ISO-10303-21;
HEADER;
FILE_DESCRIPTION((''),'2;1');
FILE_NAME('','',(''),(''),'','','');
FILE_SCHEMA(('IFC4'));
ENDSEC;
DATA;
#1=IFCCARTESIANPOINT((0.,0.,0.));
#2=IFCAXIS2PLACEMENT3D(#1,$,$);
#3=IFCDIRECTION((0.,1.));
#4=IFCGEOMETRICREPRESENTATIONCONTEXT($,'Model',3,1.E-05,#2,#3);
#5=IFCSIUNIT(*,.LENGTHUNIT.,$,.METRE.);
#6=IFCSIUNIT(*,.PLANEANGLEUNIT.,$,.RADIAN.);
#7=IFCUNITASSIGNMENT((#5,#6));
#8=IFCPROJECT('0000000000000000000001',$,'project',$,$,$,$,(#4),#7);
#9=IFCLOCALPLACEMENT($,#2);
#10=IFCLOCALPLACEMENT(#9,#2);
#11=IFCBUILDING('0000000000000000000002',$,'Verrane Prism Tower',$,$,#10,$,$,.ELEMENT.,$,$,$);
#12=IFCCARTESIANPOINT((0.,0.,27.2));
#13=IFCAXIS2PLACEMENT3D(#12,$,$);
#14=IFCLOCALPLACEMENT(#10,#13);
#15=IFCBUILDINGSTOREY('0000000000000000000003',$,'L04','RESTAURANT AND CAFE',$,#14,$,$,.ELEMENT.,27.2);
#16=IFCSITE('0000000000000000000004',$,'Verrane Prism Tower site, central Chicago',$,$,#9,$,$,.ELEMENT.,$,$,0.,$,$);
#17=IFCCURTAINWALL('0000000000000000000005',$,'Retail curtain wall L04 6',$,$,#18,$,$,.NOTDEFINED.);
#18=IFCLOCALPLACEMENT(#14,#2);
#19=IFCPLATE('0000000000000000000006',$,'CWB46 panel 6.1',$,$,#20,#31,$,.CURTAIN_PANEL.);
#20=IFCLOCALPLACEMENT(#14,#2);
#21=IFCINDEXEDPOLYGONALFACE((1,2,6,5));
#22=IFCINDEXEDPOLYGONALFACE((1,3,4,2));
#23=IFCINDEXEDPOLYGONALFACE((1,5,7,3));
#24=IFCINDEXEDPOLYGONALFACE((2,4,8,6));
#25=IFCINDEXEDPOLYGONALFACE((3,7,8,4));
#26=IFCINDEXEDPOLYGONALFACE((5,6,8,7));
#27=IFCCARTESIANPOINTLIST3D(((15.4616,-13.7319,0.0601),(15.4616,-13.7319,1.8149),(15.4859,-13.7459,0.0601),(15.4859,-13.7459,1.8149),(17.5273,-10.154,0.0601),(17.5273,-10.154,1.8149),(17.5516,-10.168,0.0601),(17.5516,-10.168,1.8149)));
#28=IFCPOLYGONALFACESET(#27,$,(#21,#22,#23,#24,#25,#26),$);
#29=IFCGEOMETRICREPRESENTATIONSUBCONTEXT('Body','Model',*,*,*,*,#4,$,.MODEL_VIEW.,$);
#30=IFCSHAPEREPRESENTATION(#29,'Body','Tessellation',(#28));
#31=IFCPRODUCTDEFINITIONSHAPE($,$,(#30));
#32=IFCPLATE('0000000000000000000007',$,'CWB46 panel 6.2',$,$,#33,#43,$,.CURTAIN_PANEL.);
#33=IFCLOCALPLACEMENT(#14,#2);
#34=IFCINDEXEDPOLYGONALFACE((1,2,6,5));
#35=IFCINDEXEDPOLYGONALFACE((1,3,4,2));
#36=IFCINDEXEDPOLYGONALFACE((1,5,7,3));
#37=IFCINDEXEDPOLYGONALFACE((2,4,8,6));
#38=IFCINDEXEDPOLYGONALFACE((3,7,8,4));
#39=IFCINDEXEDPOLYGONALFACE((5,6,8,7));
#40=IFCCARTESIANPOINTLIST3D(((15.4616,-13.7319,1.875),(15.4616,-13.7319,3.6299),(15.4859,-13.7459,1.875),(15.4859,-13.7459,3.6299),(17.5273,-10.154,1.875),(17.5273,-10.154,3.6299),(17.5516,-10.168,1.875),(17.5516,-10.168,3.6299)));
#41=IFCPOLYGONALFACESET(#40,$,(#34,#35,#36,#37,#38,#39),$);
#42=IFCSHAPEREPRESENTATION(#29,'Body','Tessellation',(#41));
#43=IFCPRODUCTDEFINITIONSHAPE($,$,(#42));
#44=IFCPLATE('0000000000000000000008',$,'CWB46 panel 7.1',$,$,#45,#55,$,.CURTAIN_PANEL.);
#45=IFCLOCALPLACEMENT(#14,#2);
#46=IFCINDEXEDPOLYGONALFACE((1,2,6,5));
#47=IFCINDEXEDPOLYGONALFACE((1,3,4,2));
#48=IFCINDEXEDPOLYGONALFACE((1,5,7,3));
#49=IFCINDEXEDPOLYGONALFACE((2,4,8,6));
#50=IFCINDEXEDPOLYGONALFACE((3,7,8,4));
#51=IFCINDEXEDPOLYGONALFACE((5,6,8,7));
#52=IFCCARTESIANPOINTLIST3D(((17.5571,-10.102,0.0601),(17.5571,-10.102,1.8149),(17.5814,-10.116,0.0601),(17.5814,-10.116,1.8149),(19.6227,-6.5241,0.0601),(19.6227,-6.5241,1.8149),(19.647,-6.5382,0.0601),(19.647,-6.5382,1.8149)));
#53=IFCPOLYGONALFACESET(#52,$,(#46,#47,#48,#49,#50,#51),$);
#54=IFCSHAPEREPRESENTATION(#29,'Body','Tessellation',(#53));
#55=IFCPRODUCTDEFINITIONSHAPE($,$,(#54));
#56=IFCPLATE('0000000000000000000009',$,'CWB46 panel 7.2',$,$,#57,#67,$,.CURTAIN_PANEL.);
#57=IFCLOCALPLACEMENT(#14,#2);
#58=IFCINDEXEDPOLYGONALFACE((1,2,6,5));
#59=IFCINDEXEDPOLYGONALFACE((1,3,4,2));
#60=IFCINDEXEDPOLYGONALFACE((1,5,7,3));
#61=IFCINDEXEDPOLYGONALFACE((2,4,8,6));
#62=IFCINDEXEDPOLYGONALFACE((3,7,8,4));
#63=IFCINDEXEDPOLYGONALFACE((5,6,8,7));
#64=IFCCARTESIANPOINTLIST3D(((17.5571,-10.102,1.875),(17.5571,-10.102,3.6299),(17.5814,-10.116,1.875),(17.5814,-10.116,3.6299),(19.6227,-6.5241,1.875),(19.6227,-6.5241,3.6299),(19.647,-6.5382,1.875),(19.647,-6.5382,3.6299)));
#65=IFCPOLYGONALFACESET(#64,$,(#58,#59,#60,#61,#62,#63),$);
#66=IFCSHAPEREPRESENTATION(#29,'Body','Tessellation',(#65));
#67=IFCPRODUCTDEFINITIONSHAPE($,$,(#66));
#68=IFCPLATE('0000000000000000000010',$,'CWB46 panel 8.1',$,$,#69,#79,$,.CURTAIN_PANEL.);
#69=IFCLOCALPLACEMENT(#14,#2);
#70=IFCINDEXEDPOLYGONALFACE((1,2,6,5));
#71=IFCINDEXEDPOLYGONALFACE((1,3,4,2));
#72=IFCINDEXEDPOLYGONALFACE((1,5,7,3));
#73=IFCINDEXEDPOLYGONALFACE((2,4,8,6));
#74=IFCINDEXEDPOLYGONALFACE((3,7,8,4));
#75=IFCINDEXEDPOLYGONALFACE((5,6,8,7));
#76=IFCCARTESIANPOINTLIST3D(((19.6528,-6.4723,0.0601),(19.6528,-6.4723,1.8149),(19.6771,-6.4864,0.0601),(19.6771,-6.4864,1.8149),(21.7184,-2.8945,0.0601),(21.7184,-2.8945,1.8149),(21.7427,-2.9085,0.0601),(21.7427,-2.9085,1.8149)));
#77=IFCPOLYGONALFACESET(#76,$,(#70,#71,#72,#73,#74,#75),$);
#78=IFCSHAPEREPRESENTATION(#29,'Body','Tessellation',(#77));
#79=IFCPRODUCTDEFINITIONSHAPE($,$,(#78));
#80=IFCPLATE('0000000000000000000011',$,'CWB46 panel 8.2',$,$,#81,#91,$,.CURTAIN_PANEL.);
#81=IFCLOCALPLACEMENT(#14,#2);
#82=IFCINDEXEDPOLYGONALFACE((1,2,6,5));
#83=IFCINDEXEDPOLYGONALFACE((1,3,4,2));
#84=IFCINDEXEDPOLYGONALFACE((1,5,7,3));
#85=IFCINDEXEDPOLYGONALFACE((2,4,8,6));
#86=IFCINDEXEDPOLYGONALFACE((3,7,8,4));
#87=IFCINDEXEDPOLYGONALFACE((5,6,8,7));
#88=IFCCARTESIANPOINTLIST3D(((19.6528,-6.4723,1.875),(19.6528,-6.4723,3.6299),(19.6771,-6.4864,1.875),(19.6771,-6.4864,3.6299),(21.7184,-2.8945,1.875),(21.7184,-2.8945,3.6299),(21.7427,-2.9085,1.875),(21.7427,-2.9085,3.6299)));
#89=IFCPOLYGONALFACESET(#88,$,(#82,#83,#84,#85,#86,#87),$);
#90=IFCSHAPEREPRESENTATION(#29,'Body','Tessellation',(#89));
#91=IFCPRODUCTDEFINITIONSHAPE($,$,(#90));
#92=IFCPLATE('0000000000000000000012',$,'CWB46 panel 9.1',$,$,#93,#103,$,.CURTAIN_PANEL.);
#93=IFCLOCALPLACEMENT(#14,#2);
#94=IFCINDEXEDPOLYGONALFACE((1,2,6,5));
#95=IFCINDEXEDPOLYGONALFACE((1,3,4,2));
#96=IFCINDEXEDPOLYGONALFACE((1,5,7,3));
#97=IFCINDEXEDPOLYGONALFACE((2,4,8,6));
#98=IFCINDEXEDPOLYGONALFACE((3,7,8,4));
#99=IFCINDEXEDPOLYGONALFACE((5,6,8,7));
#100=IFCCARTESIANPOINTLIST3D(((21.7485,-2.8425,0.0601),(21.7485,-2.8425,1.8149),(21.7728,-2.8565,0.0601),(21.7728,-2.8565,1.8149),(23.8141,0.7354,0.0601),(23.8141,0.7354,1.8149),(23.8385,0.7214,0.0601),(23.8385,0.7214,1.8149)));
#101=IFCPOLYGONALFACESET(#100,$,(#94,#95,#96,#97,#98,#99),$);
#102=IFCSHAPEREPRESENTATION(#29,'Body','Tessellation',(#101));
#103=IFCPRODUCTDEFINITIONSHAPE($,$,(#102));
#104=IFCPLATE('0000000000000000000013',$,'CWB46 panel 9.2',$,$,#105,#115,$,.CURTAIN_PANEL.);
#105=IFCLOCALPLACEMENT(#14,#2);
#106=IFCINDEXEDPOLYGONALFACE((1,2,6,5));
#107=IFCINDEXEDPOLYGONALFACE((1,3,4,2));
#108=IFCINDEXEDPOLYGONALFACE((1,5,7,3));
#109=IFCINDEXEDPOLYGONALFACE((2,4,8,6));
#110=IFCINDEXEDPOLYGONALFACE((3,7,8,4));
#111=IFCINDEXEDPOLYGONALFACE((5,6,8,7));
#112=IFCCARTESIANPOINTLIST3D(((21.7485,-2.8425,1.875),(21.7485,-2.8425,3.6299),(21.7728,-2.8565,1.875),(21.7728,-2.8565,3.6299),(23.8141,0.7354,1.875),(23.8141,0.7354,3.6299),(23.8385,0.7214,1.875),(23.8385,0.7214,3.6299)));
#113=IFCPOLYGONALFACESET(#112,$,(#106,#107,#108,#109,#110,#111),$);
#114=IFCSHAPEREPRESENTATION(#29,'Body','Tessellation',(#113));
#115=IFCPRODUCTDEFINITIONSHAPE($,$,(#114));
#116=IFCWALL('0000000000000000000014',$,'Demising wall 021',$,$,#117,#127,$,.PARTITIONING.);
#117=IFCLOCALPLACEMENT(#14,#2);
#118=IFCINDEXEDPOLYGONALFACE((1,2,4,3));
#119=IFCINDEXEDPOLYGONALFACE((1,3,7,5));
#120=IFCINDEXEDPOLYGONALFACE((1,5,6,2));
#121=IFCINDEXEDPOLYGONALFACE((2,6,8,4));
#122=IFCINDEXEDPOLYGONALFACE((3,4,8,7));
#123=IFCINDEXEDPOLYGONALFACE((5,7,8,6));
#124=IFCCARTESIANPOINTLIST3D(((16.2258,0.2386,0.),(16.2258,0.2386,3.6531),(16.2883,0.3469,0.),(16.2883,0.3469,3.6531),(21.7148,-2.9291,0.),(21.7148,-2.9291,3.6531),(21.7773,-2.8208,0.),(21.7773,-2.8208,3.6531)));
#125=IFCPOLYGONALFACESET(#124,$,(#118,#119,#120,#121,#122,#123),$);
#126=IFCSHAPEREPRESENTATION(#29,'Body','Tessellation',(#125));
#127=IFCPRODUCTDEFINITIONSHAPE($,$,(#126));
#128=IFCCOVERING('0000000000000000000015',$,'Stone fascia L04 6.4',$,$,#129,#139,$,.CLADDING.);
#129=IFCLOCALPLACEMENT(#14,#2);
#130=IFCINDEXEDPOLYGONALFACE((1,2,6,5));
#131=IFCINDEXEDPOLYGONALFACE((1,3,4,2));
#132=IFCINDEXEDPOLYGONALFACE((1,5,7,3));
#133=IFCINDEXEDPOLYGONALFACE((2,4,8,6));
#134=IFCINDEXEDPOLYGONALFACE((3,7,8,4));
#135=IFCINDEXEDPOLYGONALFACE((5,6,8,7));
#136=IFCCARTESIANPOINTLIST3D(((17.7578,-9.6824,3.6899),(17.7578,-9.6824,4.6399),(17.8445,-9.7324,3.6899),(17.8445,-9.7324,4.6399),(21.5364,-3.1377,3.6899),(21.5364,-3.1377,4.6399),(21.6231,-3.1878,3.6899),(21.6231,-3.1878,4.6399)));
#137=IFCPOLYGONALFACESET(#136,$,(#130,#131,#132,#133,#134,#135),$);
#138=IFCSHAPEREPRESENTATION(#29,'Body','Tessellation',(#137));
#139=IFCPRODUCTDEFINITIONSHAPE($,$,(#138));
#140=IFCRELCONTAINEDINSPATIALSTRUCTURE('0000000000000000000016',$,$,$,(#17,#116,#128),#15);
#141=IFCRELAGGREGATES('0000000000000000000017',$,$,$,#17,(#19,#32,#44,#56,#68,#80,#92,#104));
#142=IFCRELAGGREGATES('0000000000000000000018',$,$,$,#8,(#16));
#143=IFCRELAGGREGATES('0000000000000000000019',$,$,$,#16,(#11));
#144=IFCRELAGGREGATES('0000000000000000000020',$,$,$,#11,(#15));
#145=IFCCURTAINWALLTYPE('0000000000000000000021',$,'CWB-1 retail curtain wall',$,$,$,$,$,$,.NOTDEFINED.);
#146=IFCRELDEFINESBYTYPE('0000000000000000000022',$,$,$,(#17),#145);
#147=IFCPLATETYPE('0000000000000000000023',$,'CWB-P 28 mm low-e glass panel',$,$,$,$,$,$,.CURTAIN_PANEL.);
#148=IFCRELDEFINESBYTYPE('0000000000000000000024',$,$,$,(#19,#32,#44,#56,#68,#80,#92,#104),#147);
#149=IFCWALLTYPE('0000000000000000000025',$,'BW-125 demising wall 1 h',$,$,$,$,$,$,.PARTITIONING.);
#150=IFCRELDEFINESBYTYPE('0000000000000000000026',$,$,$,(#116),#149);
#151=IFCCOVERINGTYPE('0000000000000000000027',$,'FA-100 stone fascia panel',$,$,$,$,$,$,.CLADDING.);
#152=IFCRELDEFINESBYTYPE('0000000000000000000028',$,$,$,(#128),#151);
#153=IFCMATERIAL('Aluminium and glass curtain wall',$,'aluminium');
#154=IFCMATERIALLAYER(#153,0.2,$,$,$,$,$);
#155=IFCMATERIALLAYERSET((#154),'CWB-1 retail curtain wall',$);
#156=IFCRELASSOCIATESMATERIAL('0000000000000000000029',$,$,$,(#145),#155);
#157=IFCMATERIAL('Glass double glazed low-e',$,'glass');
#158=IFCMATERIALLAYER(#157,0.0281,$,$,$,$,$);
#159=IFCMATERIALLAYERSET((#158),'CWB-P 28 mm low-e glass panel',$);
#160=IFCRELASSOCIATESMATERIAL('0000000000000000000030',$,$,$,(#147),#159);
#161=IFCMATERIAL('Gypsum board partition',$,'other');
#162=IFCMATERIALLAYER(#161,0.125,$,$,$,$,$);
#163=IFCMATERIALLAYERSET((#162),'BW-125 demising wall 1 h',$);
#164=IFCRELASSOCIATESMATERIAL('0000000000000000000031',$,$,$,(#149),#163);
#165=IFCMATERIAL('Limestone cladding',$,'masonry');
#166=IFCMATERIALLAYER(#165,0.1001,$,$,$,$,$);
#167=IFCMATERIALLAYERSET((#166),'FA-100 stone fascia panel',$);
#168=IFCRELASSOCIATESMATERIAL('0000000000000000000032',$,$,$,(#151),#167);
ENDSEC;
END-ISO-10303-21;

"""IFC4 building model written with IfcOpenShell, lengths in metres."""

from ifc_helpers import new_model, si_unit, direction, frame, frame_2d, origin, origin_2d, place, context, subcontext, project, spatial, rectangle, extrude, material, layer, layer_set, type_object, element, aggregate, save


model = new_model("IFC4")

# Units and contexts
model_context = context("Model", 3, precision=1e-05, world=origin(), true_north=direction((0.0, 1.0)))
body_context = subcontext(model_context, "Body", "Model", "MODEL_VIEW")
ifc_project = project(units=[si_unit("LENGTHUNIT", "METRE"), si_unit("PLANEANGLEUNIT", "RADIAN")], contexts=[model_context])

# Site, building, storey
site_placement = place(None, origin())
site = spatial("IfcSite", under=ifc_project, at=site_placement, Name="Verrane Prism Tower site, central Chicago", CompositionType="ELEMENT", RefElevation=0.0)
building_placement = place(site_placement, origin())
building = spatial("IfcBuilding", under=site, at=building_placement, Name="Verrane Prism Tower", CompositionType="ELEMENT")
storey_placement = place(building_placement, frame((0.0, 0.0, 27.2)))
storey = spatial("IfcBuildingStorey", under=building, at=storey_placement, Name="L04", Description="RESTAURANT AND CAFE", CompositionType="ELEMENT", Elevation=27.2)

# Curtain wall
ifc_material_1 = material(Name="Aluminium and glass curtain wall", Category="aluminium")
ifc_layer_1 = layer(ifc_material_1, 0.2)
ifc_layer_set_1 = layer_set([ifc_layer_1], Name="CWB-1 retail curtain wall")
curtain_wall_type = type_object("IfcCurtainWallType", Name="CWB-1 retail curtain wall", PredefinedType="NOTDEFINED", material=ifc_layer_set_1)
curtain_wall_placement = place(storey_placement, origin())
curtain_wall = element("IfcCurtainWall", 1, at=curtain_wall_placement, inside=storey, type_object=curtain_wall_type, Name="Retail curtain wall L04 6", PredefinedType="NOTDEFINED")

# Plates
ifc_material_2 = material(Name="Glass double glazed low-e", Category="glass")
ifc_layer_2 = layer(ifc_material_2, 0.0281)
ifc_layer_set_2 = layer_set([ifc_layer_2], Name="CWB-P 28 mm low-e glass panel")
plate_type = type_object("IfcPlateType", Name="CWB-P 28 mm low-e glass panel", PredefinedType="CURTAIN_PANEL", material=ifc_layer_set_2)
plate_1_placement = place(storey_placement, frame((16.5066, -11.95, 0.0601), z_axis=(0.0, 0.0, 1.0), x_axis=(0.5, 0.866025, 0.0)))
plate_1 = element("IfcPlate", 2, at=plate_1_placement, type_object=plate_type, Name="CWB46 panel 6.1", PredefinedType="CURTAIN_PANEL", context=body_context, shape_type="SweptSolid", body=[
    extrude(rectangle(XDim=4.1313, YDim=0.0281, at=origin_2d()), origin(), (0.0, 0.0, 1.0), 1.7549),
])
plate_2_placement = place(storey_placement, frame((16.5066, -11.95, 1.875), z_axis=(0.0, 0.0, 1.0), x_axis=(0.5, 0.866025, 0.0)))
plate_2 = element("IfcPlate", 3, at=plate_2_placement, type_object=plate_type, Name="CWB46 panel 6.2", PredefinedType="CURTAIN_PANEL", context=body_context, shape_type="SweptSolid", body=[
    extrude(rectangle(XDim=4.1313, YDim=0.0281, at=origin_2d()), origin(), (0.0, 0.0, 1.0), 1.7549),
])
plate_3_placement = place(storey_placement, frame((18.6021, -8.3201, 0.0601), z_axis=(0.0, 0.0, 1.0), x_axis=(0.5, 0.866025, 0.0)))
plate_3 = element("IfcPlate", 4, at=plate_3_placement, type_object=plate_type, Name="CWB46 panel 7.1", PredefinedType="CURTAIN_PANEL", context=body_context, shape_type="SweptSolid", body=[
    extrude(rectangle(XDim=4.1313, YDim=0.0281, at=origin_2d()), origin(), (0.0, 0.0, 1.0), 1.7549),
])
plate_4_placement = place(storey_placement, frame((18.6021, -8.3201, 1.875), z_axis=(0.0, 0.0, 1.0), x_axis=(0.5, 0.866025, 0.0)))
plate_4 = element("IfcPlate", 5, at=plate_4_placement, type_object=plate_type, Name="CWB46 panel 7.2", PredefinedType="CURTAIN_PANEL", context=body_context, shape_type="SweptSolid", body=[
    extrude(rectangle(XDim=4.1313, YDim=0.0281, at=origin_2d()), origin(), (0.0, 0.0, 1.0), 1.7549),
])
plate_5_placement = place(storey_placement, frame((20.6978, -4.6904, 0.0601), z_axis=(0.0, 0.0, 1.0), x_axis=(0.5, 0.866025, 0.0)))
plate_5 = element("IfcPlate", 6, at=plate_5_placement, type_object=plate_type, Name="CWB46 panel 8.1", PredefinedType="CURTAIN_PANEL", context=body_context, shape_type="SweptSolid", body=[
    extrude(rectangle(XDim=4.1313, YDim=0.0281, at=origin_2d()), origin(), (0.0, 0.0, 1.0), 1.7549),
])
plate_6_placement = place(storey_placement, frame((20.6978, -4.6904, 1.875), z_axis=(0.0, 0.0, 1.0), x_axis=(0.5, 0.866025, 0.0)))
plate_6 = element("IfcPlate", 7, at=plate_6_placement, type_object=plate_type, Name="CWB46 panel 8.2", PredefinedType="CURTAIN_PANEL", context=body_context, shape_type="SweptSolid", body=[
    extrude(rectangle(XDim=4.1313, YDim=0.0281, at=origin_2d()), origin(), (0.0, 0.0, 1.0), 1.7549),
])
plate_7_placement = place(storey_placement, frame((22.7935, -1.0605, 0.0601), z_axis=(0.0, 0.0, 1.0), x_axis=(0.5, 0.866025, 0.0)))
plate_7 = element("IfcPlate", 8, at=plate_7_placement, type_object=plate_type, Name="CWB46 panel 9.1", PredefinedType="CURTAIN_PANEL", context=body_context, shape_type="SweptSolid", body=[
    extrude(rectangle(XDim=4.1313, YDim=0.0281, at=origin_2d()), origin(), (0.0, 0.0, 1.0), 1.7549),
])
plate_8_placement = place(storey_placement, frame((22.7935, -1.0605, 1.875), z_axis=(0.0, 0.0, 1.0), x_axis=(0.5, 0.866025, 0.0)))
plate_8 = element("IfcPlate", 9, at=plate_8_placement, type_object=plate_type, Name="CWB46 panel 9.2", PredefinedType="CURTAIN_PANEL", context=body_context, shape_type="SweptSolid", body=[
    extrude(rectangle(XDim=4.1313, YDim=0.0281, at=origin_2d()), origin(), (0.0, 0.0, 1.0), 1.7549),
])
aggregate(curtain_wall, [plate_1, plate_2, plate_3, plate_4, plate_5, plate_6, plate_7, plate_8])

# Wall
ifc_material_3 = material(Name="Gypsum board partition", Category="other")
ifc_layer_3 = layer(ifc_material_3, 0.125)
ifc_layer_set_3 = layer_set([ifc_layer_3], Name="BW-125 demising wall 1 h")
wall_type = type_object("IfcWallType", Name="BW-125 demising wall 1 h", PredefinedType="PARTITIONING", material=ifc_layer_set_3)
wall_placement = place(storey_placement, frame((16.2571, 0.2927, 0.0), z_axis=(0.0, 0.0, 1.0), x_axis=(0.866118, -0.499839, 0.0)))
element("IfcWall", 10, at=wall_placement, inside=storey, type_object=wall_type, Name="Demising wall 021", PredefinedType="PARTITIONING", context=body_context, shape_type="SweptSolid", body=[
    extrude(rectangle(XDim=6.3374, YDim=0.125, at=frame_2d((3.1687, 0.0))), origin(), (0.0, 0.0, 1.0), 3.6531),
])

# Covering
ifc_material_4 = material(Name="Limestone cladding", Category="masonry")
ifc_layer_4 = layer(ifc_material_4, 0.1001)
ifc_layer_set_4 = layer_set([ifc_layer_4], Name="FA-100 stone fascia panel")
covering_type = type_object("IfcCoveringType", Name="FA-100 stone fascia panel", PredefinedType="CLADDING", material=ifc_layer_set_4)
covering_placement = place(storey_placement, frame((19.6904, -6.4351, 3.6899), z_axis=(0.0, 0.0, 1.0), x_axis=(0.5, 0.866025, 0.0)))
element("IfcCovering", 11, at=covering_placement, inside=storey, type_object=covering_type, Name="Stone fascia L04 6.4", PredefinedType="CLADDING", context=body_context, shape_type="SweptSolid", body=[
    extrude(rectangle(XDim=7.5571, YDim=0.1001, at=origin_2d()), origin(), (0.0, 0.0, 1.0), 0.95),
])

save(model, "model.ifc")
